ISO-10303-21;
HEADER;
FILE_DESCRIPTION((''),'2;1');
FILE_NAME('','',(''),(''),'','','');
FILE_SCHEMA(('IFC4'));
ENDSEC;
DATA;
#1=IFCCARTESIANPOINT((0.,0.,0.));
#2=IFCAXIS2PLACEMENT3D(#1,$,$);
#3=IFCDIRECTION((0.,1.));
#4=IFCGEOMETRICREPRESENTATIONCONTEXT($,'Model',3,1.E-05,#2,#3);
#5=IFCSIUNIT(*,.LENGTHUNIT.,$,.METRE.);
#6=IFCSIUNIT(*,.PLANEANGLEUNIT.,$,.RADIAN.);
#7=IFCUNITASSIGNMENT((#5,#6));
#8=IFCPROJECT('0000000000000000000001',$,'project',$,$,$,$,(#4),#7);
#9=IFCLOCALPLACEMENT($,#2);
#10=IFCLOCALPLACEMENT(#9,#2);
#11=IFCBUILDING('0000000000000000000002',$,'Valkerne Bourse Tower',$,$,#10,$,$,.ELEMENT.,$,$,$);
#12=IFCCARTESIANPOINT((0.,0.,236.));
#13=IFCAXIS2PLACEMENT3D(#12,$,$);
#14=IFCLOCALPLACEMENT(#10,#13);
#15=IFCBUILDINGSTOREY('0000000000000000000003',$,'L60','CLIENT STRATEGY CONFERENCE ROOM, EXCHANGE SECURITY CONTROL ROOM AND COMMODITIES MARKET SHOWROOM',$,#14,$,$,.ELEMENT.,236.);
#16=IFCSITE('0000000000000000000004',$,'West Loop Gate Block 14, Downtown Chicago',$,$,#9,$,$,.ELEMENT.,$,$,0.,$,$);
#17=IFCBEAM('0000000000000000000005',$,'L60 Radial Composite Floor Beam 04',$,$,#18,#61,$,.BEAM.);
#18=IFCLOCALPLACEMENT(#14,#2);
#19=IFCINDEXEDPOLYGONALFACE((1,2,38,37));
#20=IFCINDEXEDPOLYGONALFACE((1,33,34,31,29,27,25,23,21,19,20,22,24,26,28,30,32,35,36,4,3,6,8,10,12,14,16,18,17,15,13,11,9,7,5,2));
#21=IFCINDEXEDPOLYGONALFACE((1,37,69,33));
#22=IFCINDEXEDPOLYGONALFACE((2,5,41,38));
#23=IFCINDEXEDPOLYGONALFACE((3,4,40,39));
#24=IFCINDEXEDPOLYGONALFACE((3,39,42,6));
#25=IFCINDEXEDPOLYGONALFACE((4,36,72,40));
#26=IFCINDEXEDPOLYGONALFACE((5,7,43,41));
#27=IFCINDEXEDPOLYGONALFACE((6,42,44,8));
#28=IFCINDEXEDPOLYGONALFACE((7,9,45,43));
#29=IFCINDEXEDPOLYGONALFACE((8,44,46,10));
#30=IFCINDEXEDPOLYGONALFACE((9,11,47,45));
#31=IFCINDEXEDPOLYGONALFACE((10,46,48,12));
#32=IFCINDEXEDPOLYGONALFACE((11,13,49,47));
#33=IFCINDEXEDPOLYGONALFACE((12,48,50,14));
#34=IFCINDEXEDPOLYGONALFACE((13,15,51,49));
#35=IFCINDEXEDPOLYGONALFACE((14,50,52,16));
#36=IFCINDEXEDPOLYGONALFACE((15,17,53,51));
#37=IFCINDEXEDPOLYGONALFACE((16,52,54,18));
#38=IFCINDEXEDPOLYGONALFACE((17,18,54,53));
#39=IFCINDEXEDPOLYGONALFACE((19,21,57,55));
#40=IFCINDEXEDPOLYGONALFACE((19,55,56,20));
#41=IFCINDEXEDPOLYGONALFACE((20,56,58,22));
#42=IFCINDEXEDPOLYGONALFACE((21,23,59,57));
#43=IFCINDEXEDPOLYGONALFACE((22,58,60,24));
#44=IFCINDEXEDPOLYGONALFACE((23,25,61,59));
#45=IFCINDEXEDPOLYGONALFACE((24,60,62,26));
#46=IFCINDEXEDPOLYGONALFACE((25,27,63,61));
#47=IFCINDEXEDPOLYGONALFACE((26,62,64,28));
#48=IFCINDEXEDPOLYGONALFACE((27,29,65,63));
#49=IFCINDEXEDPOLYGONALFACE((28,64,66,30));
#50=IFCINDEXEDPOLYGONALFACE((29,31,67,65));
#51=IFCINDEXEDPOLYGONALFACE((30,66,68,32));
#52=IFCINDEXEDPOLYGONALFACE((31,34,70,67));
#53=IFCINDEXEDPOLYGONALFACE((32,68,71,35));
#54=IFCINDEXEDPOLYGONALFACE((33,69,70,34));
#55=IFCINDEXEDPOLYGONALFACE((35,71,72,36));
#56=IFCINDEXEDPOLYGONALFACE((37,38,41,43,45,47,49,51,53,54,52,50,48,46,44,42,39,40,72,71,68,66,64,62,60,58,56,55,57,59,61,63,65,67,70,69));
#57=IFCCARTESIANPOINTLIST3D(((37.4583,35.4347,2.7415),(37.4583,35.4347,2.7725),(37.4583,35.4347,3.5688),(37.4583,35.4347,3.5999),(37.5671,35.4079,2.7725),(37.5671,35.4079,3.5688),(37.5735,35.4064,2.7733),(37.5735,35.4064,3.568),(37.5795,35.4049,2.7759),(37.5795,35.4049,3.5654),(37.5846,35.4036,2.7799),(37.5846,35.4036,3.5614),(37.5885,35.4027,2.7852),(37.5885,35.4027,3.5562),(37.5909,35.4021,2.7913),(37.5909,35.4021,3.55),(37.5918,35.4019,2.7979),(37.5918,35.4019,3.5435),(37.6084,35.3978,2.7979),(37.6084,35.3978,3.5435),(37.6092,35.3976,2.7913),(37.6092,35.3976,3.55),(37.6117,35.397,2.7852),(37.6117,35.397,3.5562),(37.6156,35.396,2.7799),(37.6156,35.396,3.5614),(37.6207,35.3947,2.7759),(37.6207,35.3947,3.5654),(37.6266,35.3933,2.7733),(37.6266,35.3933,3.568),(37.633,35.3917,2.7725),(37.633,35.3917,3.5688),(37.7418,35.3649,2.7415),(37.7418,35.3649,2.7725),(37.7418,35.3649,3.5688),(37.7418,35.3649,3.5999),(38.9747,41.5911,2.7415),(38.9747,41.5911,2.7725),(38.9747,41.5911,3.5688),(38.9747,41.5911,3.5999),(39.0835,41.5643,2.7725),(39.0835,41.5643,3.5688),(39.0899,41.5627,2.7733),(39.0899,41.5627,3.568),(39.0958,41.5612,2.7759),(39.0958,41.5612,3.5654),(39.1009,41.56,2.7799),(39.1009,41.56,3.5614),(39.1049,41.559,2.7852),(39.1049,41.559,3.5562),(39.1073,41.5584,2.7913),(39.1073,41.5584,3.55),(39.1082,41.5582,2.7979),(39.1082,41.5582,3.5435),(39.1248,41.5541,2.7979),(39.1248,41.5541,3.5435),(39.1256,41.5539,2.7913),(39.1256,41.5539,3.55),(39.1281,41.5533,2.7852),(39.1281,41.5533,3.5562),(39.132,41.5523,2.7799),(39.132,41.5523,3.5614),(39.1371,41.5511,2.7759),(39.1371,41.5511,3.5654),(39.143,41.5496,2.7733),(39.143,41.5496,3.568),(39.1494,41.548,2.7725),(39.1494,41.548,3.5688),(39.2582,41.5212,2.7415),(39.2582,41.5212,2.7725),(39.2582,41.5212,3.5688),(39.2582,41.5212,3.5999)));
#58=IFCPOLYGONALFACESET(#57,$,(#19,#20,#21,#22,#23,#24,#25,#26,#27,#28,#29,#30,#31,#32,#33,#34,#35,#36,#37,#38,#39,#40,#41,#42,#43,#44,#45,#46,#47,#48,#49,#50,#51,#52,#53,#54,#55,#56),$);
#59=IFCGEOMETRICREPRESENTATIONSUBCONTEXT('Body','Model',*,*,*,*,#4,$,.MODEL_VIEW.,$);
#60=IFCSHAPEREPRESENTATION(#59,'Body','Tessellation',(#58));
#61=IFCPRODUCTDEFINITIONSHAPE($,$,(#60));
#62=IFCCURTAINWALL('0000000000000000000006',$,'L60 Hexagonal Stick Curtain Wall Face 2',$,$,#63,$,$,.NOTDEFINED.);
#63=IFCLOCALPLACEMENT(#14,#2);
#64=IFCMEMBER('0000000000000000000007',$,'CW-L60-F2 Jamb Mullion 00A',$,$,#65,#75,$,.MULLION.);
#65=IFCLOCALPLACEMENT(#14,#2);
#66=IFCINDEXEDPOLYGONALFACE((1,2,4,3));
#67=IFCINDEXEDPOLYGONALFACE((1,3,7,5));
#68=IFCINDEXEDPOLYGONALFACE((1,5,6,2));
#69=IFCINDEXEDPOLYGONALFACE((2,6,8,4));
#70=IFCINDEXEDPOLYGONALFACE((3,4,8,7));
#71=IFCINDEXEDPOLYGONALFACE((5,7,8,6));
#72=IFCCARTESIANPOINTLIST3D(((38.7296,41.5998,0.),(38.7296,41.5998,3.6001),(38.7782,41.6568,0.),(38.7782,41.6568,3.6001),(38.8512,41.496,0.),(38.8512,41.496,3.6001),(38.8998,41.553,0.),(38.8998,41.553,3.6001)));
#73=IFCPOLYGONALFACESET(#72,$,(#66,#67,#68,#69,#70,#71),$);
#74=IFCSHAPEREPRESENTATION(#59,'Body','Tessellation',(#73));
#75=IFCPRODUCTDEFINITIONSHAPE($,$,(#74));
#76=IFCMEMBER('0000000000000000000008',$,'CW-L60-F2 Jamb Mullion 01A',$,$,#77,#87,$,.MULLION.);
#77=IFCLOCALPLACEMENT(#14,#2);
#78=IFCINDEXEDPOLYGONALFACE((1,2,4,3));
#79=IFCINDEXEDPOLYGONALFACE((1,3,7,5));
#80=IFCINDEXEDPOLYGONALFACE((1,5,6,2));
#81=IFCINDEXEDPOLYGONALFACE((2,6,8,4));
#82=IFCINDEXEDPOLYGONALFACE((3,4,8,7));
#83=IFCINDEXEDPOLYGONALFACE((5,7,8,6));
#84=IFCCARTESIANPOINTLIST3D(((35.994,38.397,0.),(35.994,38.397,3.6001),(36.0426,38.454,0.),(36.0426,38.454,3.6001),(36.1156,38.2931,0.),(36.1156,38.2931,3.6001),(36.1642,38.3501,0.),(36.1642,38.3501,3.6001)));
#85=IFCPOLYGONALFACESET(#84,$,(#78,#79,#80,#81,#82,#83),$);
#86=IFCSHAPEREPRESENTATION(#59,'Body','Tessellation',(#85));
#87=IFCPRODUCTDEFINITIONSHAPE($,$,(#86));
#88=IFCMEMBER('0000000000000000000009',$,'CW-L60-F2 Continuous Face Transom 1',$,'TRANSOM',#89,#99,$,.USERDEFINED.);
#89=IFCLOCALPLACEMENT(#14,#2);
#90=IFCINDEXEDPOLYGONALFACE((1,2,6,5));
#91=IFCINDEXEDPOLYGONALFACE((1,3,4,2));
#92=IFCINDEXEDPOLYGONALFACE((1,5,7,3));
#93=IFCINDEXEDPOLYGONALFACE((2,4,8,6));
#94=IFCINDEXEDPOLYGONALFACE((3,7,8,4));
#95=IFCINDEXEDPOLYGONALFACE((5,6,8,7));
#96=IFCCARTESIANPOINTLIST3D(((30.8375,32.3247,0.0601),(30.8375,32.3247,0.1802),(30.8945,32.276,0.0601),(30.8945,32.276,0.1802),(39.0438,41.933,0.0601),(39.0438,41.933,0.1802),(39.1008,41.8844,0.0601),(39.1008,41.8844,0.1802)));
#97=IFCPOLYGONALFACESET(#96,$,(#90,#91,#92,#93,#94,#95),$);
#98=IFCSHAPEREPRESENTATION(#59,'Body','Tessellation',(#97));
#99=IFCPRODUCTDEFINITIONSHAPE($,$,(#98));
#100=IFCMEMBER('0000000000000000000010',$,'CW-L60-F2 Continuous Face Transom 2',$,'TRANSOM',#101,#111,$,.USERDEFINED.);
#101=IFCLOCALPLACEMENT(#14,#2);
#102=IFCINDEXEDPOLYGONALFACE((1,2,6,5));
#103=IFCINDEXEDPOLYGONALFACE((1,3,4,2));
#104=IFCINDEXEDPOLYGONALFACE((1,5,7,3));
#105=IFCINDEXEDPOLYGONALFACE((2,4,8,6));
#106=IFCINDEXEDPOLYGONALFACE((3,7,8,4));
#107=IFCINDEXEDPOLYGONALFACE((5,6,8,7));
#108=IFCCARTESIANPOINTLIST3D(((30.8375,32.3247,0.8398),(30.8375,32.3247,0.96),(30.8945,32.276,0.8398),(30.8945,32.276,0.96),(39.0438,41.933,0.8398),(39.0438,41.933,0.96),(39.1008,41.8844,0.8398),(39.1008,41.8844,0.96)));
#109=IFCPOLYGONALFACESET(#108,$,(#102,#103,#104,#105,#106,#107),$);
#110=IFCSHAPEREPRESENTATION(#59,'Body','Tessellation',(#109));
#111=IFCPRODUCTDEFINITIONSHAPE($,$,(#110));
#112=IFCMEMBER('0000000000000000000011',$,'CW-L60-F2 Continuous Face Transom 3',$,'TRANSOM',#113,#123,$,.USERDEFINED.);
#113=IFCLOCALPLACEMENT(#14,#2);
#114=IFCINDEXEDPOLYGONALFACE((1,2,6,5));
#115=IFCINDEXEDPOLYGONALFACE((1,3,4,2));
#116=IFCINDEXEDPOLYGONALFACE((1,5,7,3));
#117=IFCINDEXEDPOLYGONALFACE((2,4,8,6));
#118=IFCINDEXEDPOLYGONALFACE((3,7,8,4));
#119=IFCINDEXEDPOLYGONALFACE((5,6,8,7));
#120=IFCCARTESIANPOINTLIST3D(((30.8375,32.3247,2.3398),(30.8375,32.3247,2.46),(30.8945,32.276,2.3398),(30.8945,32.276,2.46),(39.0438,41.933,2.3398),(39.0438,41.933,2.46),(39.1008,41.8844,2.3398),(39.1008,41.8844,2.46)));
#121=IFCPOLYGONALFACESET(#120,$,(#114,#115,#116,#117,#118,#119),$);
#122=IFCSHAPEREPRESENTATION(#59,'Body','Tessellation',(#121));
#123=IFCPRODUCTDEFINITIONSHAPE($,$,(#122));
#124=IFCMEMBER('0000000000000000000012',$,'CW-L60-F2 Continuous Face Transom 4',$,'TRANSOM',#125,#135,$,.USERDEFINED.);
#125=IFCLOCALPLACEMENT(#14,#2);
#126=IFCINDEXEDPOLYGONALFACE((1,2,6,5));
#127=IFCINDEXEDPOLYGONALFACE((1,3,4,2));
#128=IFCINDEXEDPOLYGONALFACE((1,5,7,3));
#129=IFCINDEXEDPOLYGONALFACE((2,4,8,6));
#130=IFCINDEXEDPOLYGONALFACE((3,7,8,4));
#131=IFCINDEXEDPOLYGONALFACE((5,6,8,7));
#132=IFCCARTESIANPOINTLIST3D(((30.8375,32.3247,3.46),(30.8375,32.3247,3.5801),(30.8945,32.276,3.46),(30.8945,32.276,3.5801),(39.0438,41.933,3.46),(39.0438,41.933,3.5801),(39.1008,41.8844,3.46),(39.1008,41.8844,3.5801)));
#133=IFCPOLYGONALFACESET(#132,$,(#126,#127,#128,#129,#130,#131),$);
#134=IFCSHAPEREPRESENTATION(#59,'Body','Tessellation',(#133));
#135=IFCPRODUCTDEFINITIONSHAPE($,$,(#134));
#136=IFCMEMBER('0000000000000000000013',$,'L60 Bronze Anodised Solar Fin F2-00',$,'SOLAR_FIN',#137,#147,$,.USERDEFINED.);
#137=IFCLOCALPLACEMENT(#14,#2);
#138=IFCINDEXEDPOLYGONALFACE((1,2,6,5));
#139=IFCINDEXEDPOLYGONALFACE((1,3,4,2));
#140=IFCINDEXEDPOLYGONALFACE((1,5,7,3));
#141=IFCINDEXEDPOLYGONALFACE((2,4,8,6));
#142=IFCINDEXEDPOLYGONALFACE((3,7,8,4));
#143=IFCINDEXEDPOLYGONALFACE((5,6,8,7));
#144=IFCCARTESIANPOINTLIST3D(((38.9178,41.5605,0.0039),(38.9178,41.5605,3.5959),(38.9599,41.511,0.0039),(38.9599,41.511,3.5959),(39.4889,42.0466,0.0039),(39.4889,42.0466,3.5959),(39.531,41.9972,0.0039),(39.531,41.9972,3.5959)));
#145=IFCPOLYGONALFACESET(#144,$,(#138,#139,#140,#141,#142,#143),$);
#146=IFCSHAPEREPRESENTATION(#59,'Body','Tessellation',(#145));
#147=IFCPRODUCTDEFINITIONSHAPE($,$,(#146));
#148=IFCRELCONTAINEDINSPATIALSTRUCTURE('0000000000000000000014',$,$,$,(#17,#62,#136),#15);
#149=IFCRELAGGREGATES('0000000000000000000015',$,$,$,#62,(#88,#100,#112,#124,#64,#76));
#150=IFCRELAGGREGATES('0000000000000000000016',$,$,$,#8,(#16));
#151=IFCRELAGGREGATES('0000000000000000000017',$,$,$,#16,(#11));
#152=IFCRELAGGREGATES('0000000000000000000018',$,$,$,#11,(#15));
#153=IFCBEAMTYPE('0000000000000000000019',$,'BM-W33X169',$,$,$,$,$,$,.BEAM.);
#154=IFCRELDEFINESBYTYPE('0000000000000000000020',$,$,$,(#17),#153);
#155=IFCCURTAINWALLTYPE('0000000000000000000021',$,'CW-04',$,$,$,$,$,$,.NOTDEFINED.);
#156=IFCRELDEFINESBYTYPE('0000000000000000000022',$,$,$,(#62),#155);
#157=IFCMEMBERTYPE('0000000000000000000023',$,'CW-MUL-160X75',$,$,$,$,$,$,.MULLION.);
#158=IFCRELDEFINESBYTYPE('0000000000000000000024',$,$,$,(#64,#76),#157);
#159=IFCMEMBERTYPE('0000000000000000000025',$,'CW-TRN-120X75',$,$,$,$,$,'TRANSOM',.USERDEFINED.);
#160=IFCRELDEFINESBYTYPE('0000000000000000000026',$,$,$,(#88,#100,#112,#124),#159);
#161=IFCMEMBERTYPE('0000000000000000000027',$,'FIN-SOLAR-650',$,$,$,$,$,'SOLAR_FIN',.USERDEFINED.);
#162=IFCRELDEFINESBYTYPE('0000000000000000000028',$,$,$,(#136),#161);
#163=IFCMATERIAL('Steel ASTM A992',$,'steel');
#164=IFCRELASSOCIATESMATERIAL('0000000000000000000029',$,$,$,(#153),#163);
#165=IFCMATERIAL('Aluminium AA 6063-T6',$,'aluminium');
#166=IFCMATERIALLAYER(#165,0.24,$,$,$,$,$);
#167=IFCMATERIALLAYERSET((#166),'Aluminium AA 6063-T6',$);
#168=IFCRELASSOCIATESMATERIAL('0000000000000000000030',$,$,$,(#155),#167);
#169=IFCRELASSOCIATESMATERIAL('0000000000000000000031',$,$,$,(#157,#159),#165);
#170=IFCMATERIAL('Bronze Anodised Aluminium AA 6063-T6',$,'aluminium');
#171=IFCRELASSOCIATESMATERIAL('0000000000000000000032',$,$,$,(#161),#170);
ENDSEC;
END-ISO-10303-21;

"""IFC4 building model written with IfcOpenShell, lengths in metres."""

from ifc_helpers import new_model, si_unit, direction, frame, origin, origin_2d, place, context, subcontext, project, spatial, rectangle, i_section, extrude, material, layer, layer_set, material_profile, profile_set, type_object, element, aggregate, save


model = new_model("IFC4")

# Units and contexts
model_context = context("Model", 3, precision=1e-05, world=origin(), true_north=direction((0.0, 1.0)))
body_context = subcontext(model_context, "Body", "Model", "MODEL_VIEW")
ifc_project = project(units=[si_unit("LENGTHUNIT", "METRE"), si_unit("PLANEANGLEUNIT", "RADIAN")], contexts=[model_context])

# Site, building, storey
site_placement = place(None, origin())
site = spatial("IfcSite", under=ifc_project, at=site_placement, Name="West Loop Gate Block 14, Downtown Chicago", CompositionType="ELEMENT", RefElevation=0.0)
building_placement = place(site_placement, origin())
building = spatial("IfcBuilding", under=site, at=building_placement, Name="Valkerne Bourse Tower", CompositionType="ELEMENT")
storey_placement = place(building_placement, frame((0.0, 0.0, 236.0)))
storey = spatial("IfcBuildingStorey", under=building, at=storey_placement, Name="L60", Description="CLIENT STRATEGY CONFERENCE ROOM, EXCHANGE SECURITY CONTROL ROOM AND COMMODITIES MARKET SHOWROOM", CompositionType="ELEMENT", Elevation=236.0)

# Beam
ifc_material_1 = material(Name="Steel ASTM A992", Category="steel")
ifc_material_profile_1 = material_profile(ifc_material_1, i_section(OverallWidth=0.292, OverallDepth=0.8584, WebThickness=0.0171, FlangeThickness=0.031, FilletRadius=0.0254, at=origin_2d()), Name="W33X169")
ifc_profile_set_1 = profile_set([ifc_material_profile_1], Name="Steel ASTM A992")
beam_type_1 = type_object("IfcBeamType", Name="BM-W33X169", PredefinedType="BEAM", material=ifc_profile_set_1)
beam_1_placement = place(storey_placement, frame((39.1165, 41.5562, 3.1707), z_axis=(-0.239164, -0.970979, 0.0), x_axis=(0.970979, -0.239164, 0.0)))
element("IfcBeam", 1, at=beam_1_placement, inside=storey, type_object=beam_type_1, Name="L60 Radial Composite Floor Beam 04", PredefinedType="BEAM", context=body_context, shape_type="SweptSolid", body=[
    extrude(i_section(OverallWidth=0.292, OverallDepth=0.8584, WebThickness=0.0171, FlangeThickness=0.031, FilletRadius=0.0254, at=origin_2d()), origin(), (0.0, 0.0, 1.0), 6.3403),
])

# Curtain wall, members
ifc_material_2 = material(Name="Aluminium AA 6063-T6", Category="aluminium")
ifc_layer_1 = layer(ifc_material_2, 0.24)
ifc_layer_set_1 = layer_set([ifc_layer_1], Name="Aluminium AA 6063-T6")
curtain_wall_type = type_object("IfcCurtainWallType", Name="CW-04", PredefinedType="NOTDEFINED", material=ifc_layer_set_1)
curtain_wall_placement = place(storey_placement, origin())
curtain_wall = element("IfcCurtainWall", 2, at=curtain_wall_placement, inside=storey, type_object=curtain_wall_type, Name="L60 Hexagonal Stick Curtain Wall Face 2", PredefinedType="NOTDEFINED")
ifc_material_profile_2 = material_profile(ifc_material_2, rectangle(XDim=0.075, YDim=0.1599, at=origin_2d()), Name="CWM-75X160")
ifc_profile_set_2 = profile_set([ifc_material_profile_2], Name="Aluminium AA 6063-T6")
member_type_1 = type_object("IfcMemberType", Name="CW-MUL-160X75", PredefinedType="MULLION", material=ifc_profile_set_2)
member_1_placement = place(storey_placement, frame((38.8147, 41.5764, 0.0), z_axis=(0.0, 0.0, 1.0), x_axis=(-0.649455, -0.7604, 0.0)))
member_1 = element("IfcMember", 3, at=member_1_placement, type_object=member_type_1, Name="CW-L60-F2 Jamb Mullion 00A", PredefinedType="MULLION", context=body_context, shape_type="SweptSolid", body=[
    extrude(rectangle(XDim=0.075, YDim=0.1599, at=origin_2d()), origin(), (0.0, 0.0, 1.0), 3.6001),
])
member_2_placement = place(storey_placement, frame((36.0791, 38.3735, 0.0), z_axis=(0.0, 0.0, 1.0), x_axis=(-0.649455, -0.7604, 0.0)))
member_2 = element("IfcMember", 4, at=member_2_placement, type_object=member_type_1, Name="CW-L60-F2 Jamb Mullion 01A", PredefinedType="MULLION", context=body_context, shape_type="SweptSolid", body=[
    extrude(rectangle(XDim=0.075, YDim=0.1599, at=origin_2d()), origin(), (0.0, 0.0, 1.0), 3.6001),
])
ifc_material_profile_3 = material_profile(ifc_material_2, rectangle(XDim=0.075, YDim=0.1201, at=origin_2d()), Name="CWT-75X120")
ifc_profile_set_3 = profile_set([ifc_material_profile_3], Name="Aluminium AA 6063-T6")
member_type_2 = type_object("IfcMemberType", Name="CW-TRN-120X75", ElementType="TRANSOM", PredefinedType="USERDEFINED", material=ifc_profile_set_3)
member_3_placement = place(storey_placement, frame((39.0723, 41.9087, 0.1201), z_axis=(-0.649446, -0.760408, 0.0), x_axis=(0.760408, -0.649446, 0.0)))
member_3 = element("IfcMember", 5, at=member_3_placement, type_object=member_type_2, Name="CW-L60-F2 Continuous Face Transom 1", ObjectType="TRANSOM", PredefinedType="USERDEFINED", context=body_context, shape_type="SweptSolid", body=[
    extrude(rectangle(XDim=0.075, YDim=0.1201, at=origin_2d()), origin(), (0.0, 0.0, 1.0), 12.6357),
])
member_4_placement = place(storey_placement, frame((39.0723, 41.9087, 0.8999), z_axis=(-0.649446, -0.760408, 0.0), x_axis=(0.760408, -0.649446, 0.0)))
member_4 = element("IfcMember", 6, at=member_4_placement, type_object=member_type_2, Name="CW-L60-F2 Continuous Face Transom 2", ObjectType="TRANSOM", PredefinedType="USERDEFINED", context=body_context, shape_type="SweptSolid", body=[
    extrude(rectangle(XDim=0.075, YDim=0.1201, at=origin_2d()), origin(), (0.0, 0.0, 1.0), 12.6357),
])
member_5_placement = place(storey_placement, frame((39.0723, 41.9087, 2.3999), z_axis=(-0.649446, -0.760408, 0.0), x_axis=(0.760408, -0.649446, 0.0)))
member_5 = element("IfcMember", 7, at=member_5_placement, type_object=member_type_2, Name="CW-L60-F2 Continuous Face Transom 3", ObjectType="TRANSOM", PredefinedType="USERDEFINED", context=body_context, shape_type="SweptSolid", body=[
    extrude(rectangle(XDim=0.075, YDim=0.1201, at=origin_2d()), origin(), (0.0, 0.0, 1.0), 12.6357),
])
member_6_placement = place(storey_placement, frame((39.0723, 41.9087, 3.52), z_axis=(-0.649446, -0.760408, 0.0), x_axis=(0.760408, -0.649446, 0.0)))
member_6 = element("IfcMember", 8, at=member_6_placement, type_object=member_type_2, Name="CW-L60-F2 Continuous Face Transom 4", ObjectType="TRANSOM", PredefinedType="USERDEFINED", context=body_context, shape_type="SweptSolid", body=[
    extrude(rectangle(XDim=0.075, YDim=0.1201, at=origin_2d()), origin(), (0.0, 0.0, 1.0), 12.6357),
])

# Member
ifc_material_3 = material(Name="Bronze Anodised Aluminium AA 6063-T6", Category="aluminium")
ifc_material_profile_4 = material_profile(ifc_material_3, rectangle(XDim=0.0649, YDim=0.75, at=origin_2d()), Name="FIN-65X750")
ifc_profile_set_4 = profile_set([ifc_material_profile_4], Name="Bronze Anodised Aluminium AA 6063-T6")
member_type_3 = type_object("IfcMemberType", Name="FIN-SOLAR-650", ElementType="SOLAR_FIN", PredefinedType="USERDEFINED", material=ifc_profile_set_4)
member_7_placement = place(storey_placement, frame((39.2244, 41.7788, 0.0039), z_axis=(0.0, 0.0, 1.0), x_axis=(-0.648214, 0.761458, 0.0)))
element("IfcMember", 9, at=member_7_placement, inside=storey, type_object=member_type_3, Name="L60 Bronze Anodised Solar Fin F2-00", ObjectType="SOLAR_FIN", PredefinedType="USERDEFINED", context=body_context, shape_type="SweptSolid", body=[
    extrude(rectangle(XDim=0.0649, YDim=0.75, at=origin_2d()), origin(), (0.0, 0.0, 1.0), 3.592),
])

aggregate(curtain_wall, [member_3, member_4, member_5, member_6, member_1, member_2])

save(model, "model.ifc")
